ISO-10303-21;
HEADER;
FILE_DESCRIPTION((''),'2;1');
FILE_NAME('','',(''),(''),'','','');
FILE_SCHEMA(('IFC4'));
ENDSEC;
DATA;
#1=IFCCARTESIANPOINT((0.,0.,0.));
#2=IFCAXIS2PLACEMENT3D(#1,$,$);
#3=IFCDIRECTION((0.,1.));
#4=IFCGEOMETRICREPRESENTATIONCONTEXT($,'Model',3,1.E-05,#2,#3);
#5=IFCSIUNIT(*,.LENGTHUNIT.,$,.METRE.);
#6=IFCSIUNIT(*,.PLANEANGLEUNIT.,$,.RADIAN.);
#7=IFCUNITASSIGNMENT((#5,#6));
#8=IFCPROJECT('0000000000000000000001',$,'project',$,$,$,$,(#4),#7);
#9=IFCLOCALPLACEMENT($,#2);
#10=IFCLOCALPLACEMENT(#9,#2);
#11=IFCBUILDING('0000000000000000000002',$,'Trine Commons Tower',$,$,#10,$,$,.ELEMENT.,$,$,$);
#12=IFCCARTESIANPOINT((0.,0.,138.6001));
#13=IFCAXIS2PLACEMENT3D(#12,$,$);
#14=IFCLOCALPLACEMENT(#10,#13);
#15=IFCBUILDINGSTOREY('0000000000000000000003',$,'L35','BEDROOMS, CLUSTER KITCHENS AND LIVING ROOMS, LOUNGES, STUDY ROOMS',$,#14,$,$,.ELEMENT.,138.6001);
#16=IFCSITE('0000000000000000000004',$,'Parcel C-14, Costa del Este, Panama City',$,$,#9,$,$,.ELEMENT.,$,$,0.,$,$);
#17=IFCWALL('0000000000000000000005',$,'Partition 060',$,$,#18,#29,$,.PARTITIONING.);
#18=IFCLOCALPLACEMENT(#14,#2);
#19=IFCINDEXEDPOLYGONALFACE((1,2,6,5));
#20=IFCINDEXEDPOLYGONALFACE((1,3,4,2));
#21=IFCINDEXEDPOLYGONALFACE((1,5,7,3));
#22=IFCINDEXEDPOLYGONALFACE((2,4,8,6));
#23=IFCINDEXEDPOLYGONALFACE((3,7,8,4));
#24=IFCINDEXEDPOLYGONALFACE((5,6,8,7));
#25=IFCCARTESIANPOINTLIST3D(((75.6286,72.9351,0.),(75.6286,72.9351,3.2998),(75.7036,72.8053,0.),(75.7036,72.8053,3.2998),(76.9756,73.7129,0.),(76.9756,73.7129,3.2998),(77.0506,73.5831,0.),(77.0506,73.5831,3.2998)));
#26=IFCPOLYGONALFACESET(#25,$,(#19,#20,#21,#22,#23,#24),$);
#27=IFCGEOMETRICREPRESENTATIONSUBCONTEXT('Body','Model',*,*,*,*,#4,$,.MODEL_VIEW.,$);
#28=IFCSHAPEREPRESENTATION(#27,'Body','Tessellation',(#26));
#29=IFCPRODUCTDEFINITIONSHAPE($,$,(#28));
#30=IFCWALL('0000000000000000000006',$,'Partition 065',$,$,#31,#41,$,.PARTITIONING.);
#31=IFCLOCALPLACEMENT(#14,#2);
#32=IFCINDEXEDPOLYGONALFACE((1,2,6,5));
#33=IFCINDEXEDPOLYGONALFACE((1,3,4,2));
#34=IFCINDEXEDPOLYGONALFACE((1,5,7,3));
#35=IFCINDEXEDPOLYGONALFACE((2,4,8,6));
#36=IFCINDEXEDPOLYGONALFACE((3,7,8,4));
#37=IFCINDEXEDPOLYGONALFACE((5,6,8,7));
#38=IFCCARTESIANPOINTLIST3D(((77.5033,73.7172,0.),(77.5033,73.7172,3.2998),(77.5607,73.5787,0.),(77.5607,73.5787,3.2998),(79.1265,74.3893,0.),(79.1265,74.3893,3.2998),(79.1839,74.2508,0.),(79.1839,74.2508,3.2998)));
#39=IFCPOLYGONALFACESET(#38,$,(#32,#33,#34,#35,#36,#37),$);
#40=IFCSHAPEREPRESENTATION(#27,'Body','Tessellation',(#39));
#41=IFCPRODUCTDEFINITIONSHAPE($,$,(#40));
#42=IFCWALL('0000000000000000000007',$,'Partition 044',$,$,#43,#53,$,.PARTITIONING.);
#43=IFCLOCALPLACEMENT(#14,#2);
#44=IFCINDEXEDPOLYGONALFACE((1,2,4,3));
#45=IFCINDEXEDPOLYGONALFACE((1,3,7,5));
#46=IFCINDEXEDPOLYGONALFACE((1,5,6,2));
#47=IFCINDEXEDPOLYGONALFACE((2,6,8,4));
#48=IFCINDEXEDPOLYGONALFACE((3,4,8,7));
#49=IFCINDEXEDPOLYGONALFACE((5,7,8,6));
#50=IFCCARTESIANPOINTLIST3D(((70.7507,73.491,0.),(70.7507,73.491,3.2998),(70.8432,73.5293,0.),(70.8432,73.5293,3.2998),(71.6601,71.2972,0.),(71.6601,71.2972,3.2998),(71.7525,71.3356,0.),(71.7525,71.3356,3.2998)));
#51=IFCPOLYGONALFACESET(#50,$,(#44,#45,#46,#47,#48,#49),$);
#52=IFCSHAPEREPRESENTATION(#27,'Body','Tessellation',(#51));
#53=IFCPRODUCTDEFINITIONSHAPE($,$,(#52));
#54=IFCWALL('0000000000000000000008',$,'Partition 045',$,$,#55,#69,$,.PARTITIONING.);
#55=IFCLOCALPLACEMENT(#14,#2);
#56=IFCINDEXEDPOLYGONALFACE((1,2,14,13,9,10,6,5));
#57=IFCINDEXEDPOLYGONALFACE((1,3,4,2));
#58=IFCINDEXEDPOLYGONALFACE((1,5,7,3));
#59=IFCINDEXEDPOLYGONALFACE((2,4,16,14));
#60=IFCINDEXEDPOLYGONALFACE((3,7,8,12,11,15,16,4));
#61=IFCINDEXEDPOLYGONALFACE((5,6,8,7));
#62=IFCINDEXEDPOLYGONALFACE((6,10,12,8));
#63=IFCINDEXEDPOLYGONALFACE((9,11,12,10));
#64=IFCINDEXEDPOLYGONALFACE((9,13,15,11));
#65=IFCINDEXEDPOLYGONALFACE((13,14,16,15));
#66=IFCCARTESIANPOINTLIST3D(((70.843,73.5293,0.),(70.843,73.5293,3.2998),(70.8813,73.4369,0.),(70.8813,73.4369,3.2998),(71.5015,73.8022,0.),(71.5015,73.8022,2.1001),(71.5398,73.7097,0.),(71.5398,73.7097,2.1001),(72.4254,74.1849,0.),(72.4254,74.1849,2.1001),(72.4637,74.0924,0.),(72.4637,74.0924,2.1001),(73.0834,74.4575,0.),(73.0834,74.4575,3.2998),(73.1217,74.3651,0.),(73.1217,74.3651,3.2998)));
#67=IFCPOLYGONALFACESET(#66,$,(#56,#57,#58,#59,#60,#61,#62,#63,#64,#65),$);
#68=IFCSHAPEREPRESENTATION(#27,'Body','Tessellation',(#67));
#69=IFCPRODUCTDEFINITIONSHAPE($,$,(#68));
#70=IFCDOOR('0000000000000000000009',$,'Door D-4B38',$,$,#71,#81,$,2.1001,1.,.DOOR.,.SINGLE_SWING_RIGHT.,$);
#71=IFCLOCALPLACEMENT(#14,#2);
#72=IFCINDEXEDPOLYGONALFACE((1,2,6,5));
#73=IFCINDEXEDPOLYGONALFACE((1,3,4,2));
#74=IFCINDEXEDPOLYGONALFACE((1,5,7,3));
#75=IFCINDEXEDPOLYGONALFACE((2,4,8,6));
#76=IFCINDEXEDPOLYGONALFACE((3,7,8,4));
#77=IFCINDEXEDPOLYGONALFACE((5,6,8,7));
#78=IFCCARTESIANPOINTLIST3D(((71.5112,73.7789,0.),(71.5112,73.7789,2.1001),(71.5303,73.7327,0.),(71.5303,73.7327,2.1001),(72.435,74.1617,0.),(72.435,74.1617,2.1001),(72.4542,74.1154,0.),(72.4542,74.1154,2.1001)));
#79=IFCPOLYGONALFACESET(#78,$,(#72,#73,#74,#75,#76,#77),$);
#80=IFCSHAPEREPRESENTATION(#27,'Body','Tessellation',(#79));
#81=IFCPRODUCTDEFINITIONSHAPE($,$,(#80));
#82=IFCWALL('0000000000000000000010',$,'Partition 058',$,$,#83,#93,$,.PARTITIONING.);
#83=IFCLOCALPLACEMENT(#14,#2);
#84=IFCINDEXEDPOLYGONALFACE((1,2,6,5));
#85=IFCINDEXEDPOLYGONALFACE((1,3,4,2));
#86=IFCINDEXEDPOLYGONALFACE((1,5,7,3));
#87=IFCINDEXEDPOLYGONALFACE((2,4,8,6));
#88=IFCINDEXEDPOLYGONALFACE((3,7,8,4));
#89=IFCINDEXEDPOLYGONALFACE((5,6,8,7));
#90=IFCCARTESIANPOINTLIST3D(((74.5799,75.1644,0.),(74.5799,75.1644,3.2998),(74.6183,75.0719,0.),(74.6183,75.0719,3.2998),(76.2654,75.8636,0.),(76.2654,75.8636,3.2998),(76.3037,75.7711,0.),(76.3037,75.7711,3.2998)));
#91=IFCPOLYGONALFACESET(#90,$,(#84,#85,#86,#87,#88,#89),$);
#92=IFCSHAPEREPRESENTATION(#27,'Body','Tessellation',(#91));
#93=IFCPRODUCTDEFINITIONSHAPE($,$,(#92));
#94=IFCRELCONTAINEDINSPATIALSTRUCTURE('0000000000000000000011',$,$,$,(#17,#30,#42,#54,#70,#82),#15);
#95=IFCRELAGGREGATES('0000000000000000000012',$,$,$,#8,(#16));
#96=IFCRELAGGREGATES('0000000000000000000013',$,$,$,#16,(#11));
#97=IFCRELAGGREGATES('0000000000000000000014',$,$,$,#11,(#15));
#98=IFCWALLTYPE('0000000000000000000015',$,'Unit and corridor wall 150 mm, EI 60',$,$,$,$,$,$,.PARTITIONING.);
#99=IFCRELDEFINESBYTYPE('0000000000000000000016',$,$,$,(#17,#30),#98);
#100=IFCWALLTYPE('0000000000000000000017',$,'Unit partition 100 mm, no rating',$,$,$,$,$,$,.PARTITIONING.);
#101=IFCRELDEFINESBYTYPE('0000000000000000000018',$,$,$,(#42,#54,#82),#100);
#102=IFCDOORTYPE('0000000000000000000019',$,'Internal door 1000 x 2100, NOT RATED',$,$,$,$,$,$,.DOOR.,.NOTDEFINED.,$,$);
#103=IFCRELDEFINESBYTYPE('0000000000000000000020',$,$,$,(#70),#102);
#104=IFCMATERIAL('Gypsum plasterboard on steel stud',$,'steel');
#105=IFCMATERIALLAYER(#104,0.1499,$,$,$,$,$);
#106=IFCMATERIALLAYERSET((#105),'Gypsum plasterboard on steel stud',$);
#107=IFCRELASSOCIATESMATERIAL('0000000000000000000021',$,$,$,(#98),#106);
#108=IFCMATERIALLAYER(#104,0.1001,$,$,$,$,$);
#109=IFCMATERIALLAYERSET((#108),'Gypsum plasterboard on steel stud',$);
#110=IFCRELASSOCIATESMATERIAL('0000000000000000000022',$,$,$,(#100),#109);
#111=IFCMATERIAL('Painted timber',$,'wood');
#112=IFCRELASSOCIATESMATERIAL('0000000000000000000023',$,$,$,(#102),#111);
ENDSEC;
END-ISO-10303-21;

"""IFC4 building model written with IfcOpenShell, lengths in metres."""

from ifc_helpers import new_model, si_unit, direction, frame, frame_2d, origin, place, context, subcontext, project, spatial, rectangle, extrude, material, layer, layer_set, type_object, element, fill, save


model = new_model("IFC4")

# Units and contexts
model_context = context("Model", 3, precision=1e-05, world=origin(), true_north=direction((0.0, 1.0)))
body_context = subcontext(model_context, "Body", "Model", "MODEL_VIEW")
ifc_project = project(units=[si_unit("LENGTHUNIT", "METRE"), si_unit("PLANEANGLEUNIT", "RADIAN")], contexts=[model_context])

# Site, building, storey
site_placement = place(None, origin())
site = spatial("IfcSite", under=ifc_project, at=site_placement, Name="Parcel C-14, Costa del Este, Panama City", CompositionType="ELEMENT", RefElevation=0.0)
building_placement = place(site_placement, origin())
building = spatial("IfcBuilding", under=site, at=building_placement, Name="Trine Commons Tower", CompositionType="ELEMENT")
storey_placement = place(building_placement, frame((0.0, 0.0, 138.6001)))
storey = spatial("IfcBuildingStorey", under=building, at=storey_placement, Name="L35", Description="BEDROOMS, CLUSTER KITCHENS AND LIVING ROOMS, LOUNGES, STUDY ROOMS", CompositionType="ELEMENT", Elevation=138.6001)

# Shared definitions
ifc_material_1 = material(Name="Gypsum plasterboard on steel stud", Category="steel")
ifc_layer_1 = layer(ifc_material_1, 0.1499)
ifc_layer_set_1 = layer_set([ifc_layer_1], Name="Gypsum plasterboard on steel stud")
wall_type_1 = type_object("IfcWallType", Name="Unit and corridor wall 150 mm, EI 60", PredefinedType="PARTITIONING", material=ifc_layer_set_1)

# Walls
wall_1_placement = place(storey_placement, frame((75.666, 72.8701, 0.0), z_axis=(0.0, 0.0, 1.0), x_axis=(0.865974, 0.500089, 0.0)))
element("IfcWall", 1, at=wall_1_placement, inside=storey, type_object=wall_type_1, Name="Partition 060", PredefinedType="PARTITIONING", context=body_context, shape_type="SweptSolid", body=[
    extrude(rectangle(XDim=1.5554, YDim=0.1499, at=frame_2d((0.7778, 0.0))), origin(), (0.0, 0.0, 1.0), 3.2998),
])
wall_2_placement = place(storey_placement, frame((77.532, 73.6479, 0.0), z_axis=(0.0, 0.0, 1.0), x_axis=(0.923934, 0.382552, 0.0)))
element("IfcWall", 2, at=wall_2_placement, inside=storey, type_object=wall_type_1, Name="Partition 065", PredefinedType="PARTITIONING", context=body_context, shape_type="SweptSolid", body=[
    extrude(rectangle(XDim=1.7568, YDim=0.1499, at=frame_2d((0.8784, 0.0))), origin(), (0.0, 0.0, 1.0), 3.2998),
])
ifc_layer_2 = layer(ifc_material_1, 0.1001)
ifc_layer_set_2 = layer_set([ifc_layer_2], Name="Gypsum plasterboard on steel stud")
wall_type_2 = type_object("IfcWallType", Name="Unit partition 100 mm, no rating", PredefinedType="PARTITIONING", material=ifc_layer_set_2)
wall_3_placement = place(storey_placement, frame((70.7969, 73.5103, 0.0), z_axis=(0.0, 0.0, 1.0), x_axis=(0.382936, -0.923775, 0.0)))
element("IfcWall", 3, at=wall_3_placement, inside=storey, type_object=wall_type_2, Name="Partition 044", PredefinedType="PARTITIONING", context=body_context, shape_type="SweptSolid", body=[
    extrude(rectangle(XDim=2.3748, YDim=0.1001, at=frame_2d((1.1875, 0.0))), origin(), (0.0, 0.0, 1.0), 3.2998),
])

# Wall, opening, door
wall_4_placement = place(storey_placement, frame((70.8623, 73.4832, 0.0), z_axis=(0.0, 0.0, 1.0), x_axis=(0.923852, 0.382749, 0.0)))
wall_4 = element("IfcWall", 4, at=wall_4_placement, inside=storey, type_object=wall_type_2, Name="Partition 045", PredefinedType="PARTITIONING", context=body_context, shape_type="SweptSolid", body=[
    extrude(rectangle(XDim=2.425, YDim=0.1001, at=frame_2d((1.2124, 0.0))), origin(), (0.0, 0.0, 1.0), 3.2998),
])
opening_1_placement = place(wall_4_placement, frame((0.7126, 0.0, 0.0)))
opening_1 = element("IfcOpeningElement", 5, at=opening_1_placement, cuts=wall_4, PredefinedType="OPENING", context=body_context, shape_type="SweptSolid", body=[
    extrude(rectangle(XDim=1.0, YDim=2.1001, at=frame_2d((0.5, 1.05))), frame((0.0, 0.0601, 0.0), z_axis=(0.0, -1.0, 0.0), x_axis=(1.0, 0.0, 0.0)), (0.0, 0.0, 1.0), 0.1201),
])
ifc_material_2 = material(Name="Painted timber", Category="wood")
door_type_1 = type_object("IfcDoorType", Name="Internal door 1000 x 2100, NOT RATED", OperationType="NOTDEFINED", PredefinedType="DOOR", material=ifc_material_2)
door_1_placement = place(opening_1_placement, origin())
door_1 = element("IfcDoor", 6, at=door_1_placement, inside=storey, type_object=door_type_1, Name="Door D-4B38", OperationType="SINGLE_SWING_RIGHT", OverallHeight=2.1001, OverallWidth=1.0, PredefinedType="DOOR", context=body_context, shape_type="SweptSolid", body=[
    extrude(rectangle(XDim=1.0, YDim=2.1001, at=frame_2d((0.5, 1.05))), frame((0.0, 0.0249, 0.0), z_axis=(0.0, -1.0, 0.0), x_axis=(1.0, 0.0, 0.0)), (0.0, 0.0, 1.0), 0.05),
])
fill(opening_1, door_1)

# Wall
wall_5_placement = place(storey_placement, frame((74.5991, 75.1182, 0.0), z_axis=(0.0, 0.0, 1.0), x_axis=(0.923677, 0.383171, 0.0)))
element("IfcWall", 7, at=wall_5_placement, inside=storey, type_object=wall_type_2, Name="Partition 058", PredefinedType="PARTITIONING", context=body_context, shape_type="SweptSolid", body=[
    extrude(rectangle(XDim=1.8247, YDim=0.1001, at=frame_2d((0.9124, 0.0))), origin(), (0.0, 0.0, 1.0), 3.2998),
])

save(model, "model.ifc")
